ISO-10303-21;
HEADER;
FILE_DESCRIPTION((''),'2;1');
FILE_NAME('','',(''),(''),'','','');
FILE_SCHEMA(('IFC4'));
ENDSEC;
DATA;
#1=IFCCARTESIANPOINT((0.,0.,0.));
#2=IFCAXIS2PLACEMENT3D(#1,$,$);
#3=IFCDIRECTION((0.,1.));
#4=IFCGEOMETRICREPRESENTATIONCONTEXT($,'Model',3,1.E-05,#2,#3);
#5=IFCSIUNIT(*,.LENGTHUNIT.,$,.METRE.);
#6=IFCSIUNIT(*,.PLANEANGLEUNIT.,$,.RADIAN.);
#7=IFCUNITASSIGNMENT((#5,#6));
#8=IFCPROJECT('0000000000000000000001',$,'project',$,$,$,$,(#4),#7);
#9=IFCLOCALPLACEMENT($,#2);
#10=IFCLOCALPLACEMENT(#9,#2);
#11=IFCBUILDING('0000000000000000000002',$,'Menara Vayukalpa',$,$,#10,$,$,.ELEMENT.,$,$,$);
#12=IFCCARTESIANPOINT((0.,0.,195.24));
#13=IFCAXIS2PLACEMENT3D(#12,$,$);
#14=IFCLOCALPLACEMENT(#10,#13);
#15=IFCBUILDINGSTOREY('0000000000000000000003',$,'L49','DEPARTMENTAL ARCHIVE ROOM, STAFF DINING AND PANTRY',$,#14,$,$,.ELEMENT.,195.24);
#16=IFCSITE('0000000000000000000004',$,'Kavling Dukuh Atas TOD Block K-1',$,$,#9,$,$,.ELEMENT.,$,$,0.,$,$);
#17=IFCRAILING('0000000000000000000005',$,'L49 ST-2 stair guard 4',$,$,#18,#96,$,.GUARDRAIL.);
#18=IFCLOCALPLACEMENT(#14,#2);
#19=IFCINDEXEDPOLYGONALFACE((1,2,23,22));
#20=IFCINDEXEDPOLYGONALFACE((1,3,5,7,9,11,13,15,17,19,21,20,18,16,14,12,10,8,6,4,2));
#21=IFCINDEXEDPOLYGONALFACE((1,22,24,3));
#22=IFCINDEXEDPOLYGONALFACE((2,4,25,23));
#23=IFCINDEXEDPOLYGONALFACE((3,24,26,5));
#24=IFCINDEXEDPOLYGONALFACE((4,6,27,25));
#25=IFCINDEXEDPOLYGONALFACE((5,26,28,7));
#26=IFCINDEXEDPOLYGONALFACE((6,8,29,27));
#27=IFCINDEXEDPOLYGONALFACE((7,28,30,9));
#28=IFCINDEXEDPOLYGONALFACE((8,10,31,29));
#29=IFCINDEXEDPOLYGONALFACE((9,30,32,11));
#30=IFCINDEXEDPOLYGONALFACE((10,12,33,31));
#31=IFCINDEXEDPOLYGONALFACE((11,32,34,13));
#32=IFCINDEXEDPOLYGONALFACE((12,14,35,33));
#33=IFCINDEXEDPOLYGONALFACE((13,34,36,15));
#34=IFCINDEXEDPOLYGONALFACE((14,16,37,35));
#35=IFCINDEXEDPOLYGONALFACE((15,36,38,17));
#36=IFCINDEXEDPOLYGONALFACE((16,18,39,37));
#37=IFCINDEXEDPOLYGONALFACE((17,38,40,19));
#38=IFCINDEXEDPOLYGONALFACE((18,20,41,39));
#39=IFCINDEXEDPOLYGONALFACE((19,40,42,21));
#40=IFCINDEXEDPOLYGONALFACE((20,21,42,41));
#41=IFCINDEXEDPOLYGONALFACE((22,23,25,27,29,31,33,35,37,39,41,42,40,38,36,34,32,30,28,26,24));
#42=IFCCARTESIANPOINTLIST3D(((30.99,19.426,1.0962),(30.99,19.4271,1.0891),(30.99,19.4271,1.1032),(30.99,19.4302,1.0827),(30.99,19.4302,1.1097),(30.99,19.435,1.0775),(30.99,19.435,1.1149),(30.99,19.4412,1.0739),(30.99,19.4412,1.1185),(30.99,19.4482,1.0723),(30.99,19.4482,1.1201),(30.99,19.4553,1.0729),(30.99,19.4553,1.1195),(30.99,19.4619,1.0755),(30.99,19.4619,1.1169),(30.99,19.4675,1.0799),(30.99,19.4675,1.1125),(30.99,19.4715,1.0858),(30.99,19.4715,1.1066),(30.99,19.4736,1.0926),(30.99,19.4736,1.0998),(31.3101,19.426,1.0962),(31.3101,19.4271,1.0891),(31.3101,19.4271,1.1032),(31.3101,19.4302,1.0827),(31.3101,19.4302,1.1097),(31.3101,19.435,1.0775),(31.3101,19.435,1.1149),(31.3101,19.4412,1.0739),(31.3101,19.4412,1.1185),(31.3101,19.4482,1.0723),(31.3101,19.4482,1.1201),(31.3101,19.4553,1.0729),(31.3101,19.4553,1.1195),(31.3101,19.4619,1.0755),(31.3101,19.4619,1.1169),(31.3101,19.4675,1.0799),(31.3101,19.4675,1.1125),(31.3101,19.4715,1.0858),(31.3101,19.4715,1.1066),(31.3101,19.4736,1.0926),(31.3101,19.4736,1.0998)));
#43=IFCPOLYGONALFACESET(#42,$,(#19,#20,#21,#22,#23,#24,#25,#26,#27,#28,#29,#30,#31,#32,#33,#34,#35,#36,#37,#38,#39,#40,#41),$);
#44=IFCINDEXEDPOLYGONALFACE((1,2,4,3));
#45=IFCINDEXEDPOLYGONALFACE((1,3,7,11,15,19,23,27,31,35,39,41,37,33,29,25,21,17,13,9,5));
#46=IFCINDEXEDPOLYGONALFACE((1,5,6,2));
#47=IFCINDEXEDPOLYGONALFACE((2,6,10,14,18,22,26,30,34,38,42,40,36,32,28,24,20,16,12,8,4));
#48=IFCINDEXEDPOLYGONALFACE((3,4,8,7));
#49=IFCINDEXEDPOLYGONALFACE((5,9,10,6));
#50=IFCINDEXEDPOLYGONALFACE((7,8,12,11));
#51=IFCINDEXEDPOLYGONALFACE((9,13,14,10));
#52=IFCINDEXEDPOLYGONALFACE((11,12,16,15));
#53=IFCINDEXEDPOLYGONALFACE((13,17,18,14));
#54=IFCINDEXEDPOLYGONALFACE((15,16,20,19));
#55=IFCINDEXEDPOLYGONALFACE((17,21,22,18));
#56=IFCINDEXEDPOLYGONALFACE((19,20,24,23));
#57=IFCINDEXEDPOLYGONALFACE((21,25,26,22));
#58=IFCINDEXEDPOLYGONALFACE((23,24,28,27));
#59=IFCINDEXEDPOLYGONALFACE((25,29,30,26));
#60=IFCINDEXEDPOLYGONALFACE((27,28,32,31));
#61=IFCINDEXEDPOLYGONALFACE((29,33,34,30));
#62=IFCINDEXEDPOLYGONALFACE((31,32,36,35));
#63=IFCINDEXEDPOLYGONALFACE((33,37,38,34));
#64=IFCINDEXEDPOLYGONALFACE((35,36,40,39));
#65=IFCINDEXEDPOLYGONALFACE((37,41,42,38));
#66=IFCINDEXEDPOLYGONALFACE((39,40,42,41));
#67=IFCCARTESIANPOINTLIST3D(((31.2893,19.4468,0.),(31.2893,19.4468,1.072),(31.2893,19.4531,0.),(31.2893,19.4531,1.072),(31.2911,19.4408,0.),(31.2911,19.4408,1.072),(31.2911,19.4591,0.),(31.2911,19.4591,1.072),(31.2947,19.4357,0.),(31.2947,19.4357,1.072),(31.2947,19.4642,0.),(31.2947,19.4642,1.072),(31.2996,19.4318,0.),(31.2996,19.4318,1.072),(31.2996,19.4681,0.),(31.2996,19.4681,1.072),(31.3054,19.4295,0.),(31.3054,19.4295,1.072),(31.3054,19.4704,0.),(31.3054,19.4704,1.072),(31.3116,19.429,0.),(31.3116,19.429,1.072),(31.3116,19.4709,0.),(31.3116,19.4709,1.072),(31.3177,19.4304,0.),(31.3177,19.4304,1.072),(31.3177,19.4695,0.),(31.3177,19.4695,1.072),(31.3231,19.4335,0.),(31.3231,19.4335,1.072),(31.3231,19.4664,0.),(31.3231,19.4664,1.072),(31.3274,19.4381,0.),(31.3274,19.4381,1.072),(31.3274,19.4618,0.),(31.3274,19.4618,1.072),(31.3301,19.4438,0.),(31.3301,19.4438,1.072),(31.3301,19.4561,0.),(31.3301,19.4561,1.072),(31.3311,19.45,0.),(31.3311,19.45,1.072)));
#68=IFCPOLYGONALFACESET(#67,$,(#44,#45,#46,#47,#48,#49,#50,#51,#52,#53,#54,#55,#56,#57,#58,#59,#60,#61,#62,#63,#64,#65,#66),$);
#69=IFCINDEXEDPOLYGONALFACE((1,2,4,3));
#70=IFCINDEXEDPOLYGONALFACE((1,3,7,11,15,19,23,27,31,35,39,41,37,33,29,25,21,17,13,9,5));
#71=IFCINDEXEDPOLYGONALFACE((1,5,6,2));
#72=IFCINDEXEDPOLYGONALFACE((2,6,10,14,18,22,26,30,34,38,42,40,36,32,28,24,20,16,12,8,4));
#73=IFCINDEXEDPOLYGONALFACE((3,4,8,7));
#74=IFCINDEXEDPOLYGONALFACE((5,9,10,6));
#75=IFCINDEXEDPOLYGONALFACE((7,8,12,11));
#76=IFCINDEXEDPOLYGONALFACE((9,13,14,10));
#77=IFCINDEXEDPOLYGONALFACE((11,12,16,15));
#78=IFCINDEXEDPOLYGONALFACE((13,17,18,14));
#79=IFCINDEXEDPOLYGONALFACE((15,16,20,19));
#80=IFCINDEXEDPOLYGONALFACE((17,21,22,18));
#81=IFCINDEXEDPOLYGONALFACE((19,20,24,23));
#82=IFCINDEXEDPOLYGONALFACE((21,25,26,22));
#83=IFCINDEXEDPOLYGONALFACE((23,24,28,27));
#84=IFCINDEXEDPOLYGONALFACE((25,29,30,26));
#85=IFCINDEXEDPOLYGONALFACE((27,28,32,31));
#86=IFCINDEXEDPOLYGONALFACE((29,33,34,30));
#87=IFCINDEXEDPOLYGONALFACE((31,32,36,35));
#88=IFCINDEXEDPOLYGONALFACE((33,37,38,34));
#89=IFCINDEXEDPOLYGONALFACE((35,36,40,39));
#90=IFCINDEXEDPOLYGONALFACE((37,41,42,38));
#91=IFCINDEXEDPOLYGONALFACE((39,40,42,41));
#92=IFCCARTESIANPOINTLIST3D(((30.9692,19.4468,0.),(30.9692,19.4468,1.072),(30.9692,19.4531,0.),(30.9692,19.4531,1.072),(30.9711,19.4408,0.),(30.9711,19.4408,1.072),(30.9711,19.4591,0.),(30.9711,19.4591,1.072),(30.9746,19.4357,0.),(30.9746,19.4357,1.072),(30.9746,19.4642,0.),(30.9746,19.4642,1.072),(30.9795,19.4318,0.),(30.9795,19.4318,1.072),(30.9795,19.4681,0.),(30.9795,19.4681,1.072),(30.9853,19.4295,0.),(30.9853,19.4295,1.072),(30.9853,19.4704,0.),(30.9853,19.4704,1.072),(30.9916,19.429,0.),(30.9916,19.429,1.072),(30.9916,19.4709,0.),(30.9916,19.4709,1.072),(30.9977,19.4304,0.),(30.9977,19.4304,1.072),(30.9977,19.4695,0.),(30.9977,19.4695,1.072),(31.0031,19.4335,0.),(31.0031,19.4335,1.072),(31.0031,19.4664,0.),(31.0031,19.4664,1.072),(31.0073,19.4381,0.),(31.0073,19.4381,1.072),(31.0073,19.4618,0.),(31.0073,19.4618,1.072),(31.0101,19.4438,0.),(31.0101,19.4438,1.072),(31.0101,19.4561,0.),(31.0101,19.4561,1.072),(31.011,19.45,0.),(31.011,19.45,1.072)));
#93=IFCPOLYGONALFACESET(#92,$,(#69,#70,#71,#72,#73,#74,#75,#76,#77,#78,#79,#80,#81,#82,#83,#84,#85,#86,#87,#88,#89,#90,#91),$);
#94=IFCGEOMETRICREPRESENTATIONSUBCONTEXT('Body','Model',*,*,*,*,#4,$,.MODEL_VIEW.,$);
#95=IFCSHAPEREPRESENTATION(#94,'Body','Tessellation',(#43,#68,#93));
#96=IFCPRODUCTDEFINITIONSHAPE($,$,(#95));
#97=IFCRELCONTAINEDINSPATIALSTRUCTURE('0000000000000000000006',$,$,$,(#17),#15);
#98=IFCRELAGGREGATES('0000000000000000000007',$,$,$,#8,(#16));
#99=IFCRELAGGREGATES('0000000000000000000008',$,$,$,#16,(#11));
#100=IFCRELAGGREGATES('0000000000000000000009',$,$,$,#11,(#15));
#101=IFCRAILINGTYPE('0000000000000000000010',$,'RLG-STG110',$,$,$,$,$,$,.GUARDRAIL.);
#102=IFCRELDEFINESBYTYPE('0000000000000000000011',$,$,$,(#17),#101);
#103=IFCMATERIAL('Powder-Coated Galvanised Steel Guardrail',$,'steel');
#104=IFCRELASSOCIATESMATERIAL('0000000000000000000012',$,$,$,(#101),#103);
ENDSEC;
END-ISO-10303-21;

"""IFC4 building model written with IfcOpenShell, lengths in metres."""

from ifc_helpers import new_model, si_unit, direction, frame, origin, origin_2d, place, context, subcontext, project, spatial, circle, extrude, material, type_object, element, save


model = new_model("IFC4")

# Units and contexts
model_context = context("Model", 3, precision=1e-05, world=origin(), true_north=direction((0.0, 1.0)))
body_context = subcontext(model_context, "Body", "Model", "MODEL_VIEW")
ifc_project = project(units=[si_unit("LENGTHUNIT", "METRE"), si_unit("PLANEANGLEUNIT", "RADIAN")], contexts=[model_context])

# Site, building, storey
site_placement = place(None, origin())
site = spatial("IfcSite", under=ifc_project, at=site_placement, Name="Kavling Dukuh Atas TOD Block K-1", CompositionType="ELEMENT", RefElevation=0.0)
building_placement = place(site_placement, origin())
building = spatial("IfcBuilding", under=site, at=building_placement, Name="Menara Vayukalpa", CompositionType="ELEMENT")
storey_placement = place(building_placement, frame((0.0, 0.0, 195.24)))
storey = spatial("IfcBuildingStorey", under=building, at=storey_placement, Name="L49", Description="DEPARTMENTAL ARCHIVE ROOM, STAFF DINING AND PANTRY", CompositionType="ELEMENT", Elevation=195.24)

# Railing
ifc_material_1 = material(Name="Powder-Coated Galvanised Steel Guardrail", Category="steel")
railing_type_1 = type_object("IfcRailingType", Name="RLG-STG110", PredefinedType="GUARDRAIL", material=ifc_material_1)
railing_1_placement = place(storey_placement, frame((31.3101, 19.45, 0.0)))
element("IfcRailing", 1, at=railing_1_placement, inside=storey, type_object=railing_type_1, Name="L49 ST-2 stair guard 4", PredefinedType="GUARDRAIL", context=body_context, shape_type="SweptSolid", body=[
    extrude(circle(Radius=0.0239, at=origin_2d()), frame((0.0, 0.0, 1.0962), z_axis=(-1.0, 0.0, 0.0), x_axis=(0.0, -1.0, 0.0)), (0.0, 0.0, 1.0), 0.3201),
    extrude(circle(Radius=0.021, at=origin_2d()), origin(), (0.0, 0.0, 1.0), 1.072),
    extrude(circle(Radius=0.021, at=origin_2d()), frame((-0.3201, 0.0, 0.0)), (0.0, 0.0, 1.0), 1.072),
])

save(model, "model.ifc")
